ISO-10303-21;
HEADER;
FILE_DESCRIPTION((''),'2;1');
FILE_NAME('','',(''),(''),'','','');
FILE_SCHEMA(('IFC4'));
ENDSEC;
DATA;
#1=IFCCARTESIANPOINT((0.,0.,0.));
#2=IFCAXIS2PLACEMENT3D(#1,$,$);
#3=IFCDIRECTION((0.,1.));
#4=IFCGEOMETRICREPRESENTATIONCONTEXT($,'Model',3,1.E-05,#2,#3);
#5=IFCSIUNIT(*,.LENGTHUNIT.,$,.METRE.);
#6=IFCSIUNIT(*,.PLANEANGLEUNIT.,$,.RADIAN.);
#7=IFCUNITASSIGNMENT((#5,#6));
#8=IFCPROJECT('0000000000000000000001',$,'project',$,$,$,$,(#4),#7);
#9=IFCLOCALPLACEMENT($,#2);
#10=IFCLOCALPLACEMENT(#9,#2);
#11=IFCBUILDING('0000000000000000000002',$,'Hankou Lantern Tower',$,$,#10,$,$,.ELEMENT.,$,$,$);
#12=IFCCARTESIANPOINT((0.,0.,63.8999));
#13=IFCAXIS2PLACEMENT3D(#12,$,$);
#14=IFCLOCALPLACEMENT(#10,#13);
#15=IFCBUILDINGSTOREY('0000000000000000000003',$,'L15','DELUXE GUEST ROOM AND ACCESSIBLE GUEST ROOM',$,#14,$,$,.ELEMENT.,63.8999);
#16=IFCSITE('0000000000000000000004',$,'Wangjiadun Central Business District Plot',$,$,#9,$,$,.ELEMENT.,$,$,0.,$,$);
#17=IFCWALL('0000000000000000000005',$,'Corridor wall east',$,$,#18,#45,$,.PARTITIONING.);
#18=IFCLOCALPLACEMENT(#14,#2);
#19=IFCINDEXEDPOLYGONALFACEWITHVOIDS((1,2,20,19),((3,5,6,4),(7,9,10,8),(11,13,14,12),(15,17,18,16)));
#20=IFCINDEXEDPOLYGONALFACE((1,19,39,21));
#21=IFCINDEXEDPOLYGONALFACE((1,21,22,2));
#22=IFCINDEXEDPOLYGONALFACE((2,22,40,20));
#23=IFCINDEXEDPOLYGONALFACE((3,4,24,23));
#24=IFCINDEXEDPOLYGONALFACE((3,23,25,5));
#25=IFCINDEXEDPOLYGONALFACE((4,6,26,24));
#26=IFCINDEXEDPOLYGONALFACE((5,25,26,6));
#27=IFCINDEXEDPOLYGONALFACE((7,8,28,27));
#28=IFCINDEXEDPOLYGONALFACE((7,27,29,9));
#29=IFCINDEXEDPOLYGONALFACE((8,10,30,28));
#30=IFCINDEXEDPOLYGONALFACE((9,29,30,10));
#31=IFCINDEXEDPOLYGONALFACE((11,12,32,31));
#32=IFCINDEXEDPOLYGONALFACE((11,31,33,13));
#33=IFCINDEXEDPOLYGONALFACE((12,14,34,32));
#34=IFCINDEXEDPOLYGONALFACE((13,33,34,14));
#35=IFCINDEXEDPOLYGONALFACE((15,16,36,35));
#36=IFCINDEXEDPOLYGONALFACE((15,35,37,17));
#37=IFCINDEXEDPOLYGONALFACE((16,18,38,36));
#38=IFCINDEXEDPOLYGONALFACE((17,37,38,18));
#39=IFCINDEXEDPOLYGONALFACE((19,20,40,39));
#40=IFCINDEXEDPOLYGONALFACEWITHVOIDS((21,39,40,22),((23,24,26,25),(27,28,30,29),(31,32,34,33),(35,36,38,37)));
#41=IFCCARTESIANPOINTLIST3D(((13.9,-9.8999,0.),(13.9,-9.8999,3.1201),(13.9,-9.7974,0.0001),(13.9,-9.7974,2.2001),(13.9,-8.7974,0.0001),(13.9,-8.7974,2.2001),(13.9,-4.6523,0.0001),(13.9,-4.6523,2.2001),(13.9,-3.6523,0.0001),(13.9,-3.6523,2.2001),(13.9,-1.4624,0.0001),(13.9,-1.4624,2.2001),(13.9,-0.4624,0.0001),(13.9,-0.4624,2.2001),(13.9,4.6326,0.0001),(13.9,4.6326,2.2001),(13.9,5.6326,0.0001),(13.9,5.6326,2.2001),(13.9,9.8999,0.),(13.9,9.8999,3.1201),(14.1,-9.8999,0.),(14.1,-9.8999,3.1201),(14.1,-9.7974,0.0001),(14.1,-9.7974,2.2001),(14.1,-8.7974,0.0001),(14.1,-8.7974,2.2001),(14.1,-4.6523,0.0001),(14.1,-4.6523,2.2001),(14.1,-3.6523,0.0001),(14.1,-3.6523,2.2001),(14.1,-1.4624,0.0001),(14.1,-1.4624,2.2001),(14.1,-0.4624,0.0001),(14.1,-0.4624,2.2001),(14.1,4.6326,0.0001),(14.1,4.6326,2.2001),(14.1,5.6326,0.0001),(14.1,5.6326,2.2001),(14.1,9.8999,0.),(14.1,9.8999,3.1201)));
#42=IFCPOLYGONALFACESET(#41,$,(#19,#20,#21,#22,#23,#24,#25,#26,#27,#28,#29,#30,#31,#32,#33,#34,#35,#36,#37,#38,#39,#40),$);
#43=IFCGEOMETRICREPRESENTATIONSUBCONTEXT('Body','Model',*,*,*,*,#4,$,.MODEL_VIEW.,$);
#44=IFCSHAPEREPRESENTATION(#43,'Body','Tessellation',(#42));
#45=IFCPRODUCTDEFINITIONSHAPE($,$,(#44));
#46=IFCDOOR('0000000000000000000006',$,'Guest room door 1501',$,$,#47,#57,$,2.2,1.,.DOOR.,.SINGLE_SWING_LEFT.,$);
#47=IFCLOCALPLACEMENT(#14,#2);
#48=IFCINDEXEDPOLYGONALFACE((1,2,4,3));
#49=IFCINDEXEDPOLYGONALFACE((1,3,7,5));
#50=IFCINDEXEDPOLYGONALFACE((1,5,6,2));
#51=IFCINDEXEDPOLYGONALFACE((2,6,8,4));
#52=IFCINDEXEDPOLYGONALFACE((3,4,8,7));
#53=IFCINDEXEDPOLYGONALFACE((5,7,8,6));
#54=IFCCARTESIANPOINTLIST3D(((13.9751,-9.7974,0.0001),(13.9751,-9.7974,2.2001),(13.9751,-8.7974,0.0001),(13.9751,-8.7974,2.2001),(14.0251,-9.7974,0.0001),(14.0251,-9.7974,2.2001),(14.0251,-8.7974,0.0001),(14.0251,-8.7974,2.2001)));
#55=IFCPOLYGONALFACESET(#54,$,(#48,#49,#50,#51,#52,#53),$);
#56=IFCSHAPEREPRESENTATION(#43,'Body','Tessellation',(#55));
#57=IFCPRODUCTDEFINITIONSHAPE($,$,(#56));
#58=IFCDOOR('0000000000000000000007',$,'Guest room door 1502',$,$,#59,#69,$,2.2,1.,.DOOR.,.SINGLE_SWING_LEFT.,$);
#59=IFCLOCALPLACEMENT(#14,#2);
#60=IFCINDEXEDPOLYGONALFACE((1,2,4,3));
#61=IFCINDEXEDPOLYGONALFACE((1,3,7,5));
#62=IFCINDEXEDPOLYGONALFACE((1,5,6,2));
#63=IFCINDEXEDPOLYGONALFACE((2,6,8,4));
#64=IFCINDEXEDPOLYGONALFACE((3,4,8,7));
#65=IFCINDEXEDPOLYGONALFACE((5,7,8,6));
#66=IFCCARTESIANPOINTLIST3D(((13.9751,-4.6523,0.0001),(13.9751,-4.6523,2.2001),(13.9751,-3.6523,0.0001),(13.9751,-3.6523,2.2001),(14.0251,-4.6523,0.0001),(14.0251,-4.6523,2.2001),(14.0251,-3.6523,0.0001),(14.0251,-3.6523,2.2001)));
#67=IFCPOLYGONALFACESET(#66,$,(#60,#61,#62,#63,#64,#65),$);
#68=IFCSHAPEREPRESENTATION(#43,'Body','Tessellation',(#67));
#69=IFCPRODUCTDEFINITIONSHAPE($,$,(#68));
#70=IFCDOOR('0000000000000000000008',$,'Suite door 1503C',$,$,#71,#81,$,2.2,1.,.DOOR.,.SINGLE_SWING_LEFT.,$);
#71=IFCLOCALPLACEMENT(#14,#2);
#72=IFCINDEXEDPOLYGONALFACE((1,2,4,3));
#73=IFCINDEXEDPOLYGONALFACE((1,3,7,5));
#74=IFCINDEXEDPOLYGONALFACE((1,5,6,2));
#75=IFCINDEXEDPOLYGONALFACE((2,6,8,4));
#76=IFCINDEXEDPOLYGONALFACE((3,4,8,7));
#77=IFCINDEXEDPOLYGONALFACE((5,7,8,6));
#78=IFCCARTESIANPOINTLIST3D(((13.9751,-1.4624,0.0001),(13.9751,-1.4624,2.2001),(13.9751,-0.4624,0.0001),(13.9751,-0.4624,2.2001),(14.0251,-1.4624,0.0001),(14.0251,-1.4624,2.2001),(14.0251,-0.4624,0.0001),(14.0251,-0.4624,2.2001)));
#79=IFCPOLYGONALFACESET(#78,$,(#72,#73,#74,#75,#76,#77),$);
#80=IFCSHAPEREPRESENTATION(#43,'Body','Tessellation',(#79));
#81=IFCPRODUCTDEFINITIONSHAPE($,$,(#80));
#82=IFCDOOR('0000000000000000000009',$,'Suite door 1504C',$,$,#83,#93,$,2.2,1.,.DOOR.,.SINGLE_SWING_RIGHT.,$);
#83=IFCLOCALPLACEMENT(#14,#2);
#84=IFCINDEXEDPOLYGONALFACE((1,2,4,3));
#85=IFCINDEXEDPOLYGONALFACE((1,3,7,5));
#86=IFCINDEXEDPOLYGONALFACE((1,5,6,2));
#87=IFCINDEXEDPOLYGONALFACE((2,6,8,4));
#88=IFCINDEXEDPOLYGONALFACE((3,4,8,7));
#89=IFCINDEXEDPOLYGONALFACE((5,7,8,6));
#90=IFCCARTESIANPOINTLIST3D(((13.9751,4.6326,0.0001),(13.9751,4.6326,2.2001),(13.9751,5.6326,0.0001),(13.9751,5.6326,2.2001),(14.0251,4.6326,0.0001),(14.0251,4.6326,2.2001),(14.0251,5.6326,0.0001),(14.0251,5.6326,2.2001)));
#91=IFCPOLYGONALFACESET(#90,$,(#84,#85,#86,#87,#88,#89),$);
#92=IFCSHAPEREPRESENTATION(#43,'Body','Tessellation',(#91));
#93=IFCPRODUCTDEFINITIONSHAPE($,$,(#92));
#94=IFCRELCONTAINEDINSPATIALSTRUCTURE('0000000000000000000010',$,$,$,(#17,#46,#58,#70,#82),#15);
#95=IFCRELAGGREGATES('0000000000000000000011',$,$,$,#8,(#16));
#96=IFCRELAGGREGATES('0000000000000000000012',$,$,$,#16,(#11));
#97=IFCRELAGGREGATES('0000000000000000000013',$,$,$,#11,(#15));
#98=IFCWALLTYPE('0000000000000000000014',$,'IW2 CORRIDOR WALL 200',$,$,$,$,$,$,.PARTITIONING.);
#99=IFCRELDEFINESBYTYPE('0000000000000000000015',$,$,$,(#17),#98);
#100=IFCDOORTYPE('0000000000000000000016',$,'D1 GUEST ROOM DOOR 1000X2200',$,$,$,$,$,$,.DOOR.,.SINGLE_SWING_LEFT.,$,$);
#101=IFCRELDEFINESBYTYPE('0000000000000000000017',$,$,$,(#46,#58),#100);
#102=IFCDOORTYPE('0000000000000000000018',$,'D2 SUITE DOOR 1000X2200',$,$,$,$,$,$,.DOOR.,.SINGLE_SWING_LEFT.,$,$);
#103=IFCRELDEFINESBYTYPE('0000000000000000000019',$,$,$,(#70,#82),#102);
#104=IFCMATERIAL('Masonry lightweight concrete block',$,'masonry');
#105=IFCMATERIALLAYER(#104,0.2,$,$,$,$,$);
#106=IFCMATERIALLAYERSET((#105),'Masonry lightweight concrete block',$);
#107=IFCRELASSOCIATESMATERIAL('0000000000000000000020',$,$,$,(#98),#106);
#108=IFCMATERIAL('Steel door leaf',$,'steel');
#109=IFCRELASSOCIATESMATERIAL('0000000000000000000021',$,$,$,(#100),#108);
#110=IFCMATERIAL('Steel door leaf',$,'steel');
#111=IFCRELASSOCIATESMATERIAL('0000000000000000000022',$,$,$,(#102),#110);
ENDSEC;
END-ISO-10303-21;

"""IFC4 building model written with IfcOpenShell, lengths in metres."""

from ifc_helpers import new_model, si_unit, direction, frame, frame_2d, origin, place, context, subcontext, project, spatial, rectangle, extrude, material, layer, layer_set, type_object, element, fill, save


model = new_model("IFC4")

# Units and contexts
model_context = context("Model", 3, precision=1e-05, world=origin(), true_north=direction((0.0, 1.0)))
body_context = subcontext(model_context, "Body", "Model", "MODEL_VIEW")
ifc_project = project(units=[si_unit("LENGTHUNIT", "METRE"), si_unit("PLANEANGLEUNIT", "RADIAN")], contexts=[model_context])

# Site, building, storey
site_placement = place(None, origin())
site = spatial("IfcSite", under=ifc_project, at=site_placement, Name="Wangjiadun Central Business District Plot", CompositionType="ELEMENT", RefElevation=0.0)
building_placement = place(site_placement, origin())
building = spatial("IfcBuilding", under=site, at=building_placement, Name="Hankou Lantern Tower", CompositionType="ELEMENT")
storey_placement = place(building_placement, frame((0.0, 0.0, 63.8999)))
storey = spatial("IfcBuildingStorey", under=building, at=storey_placement, Name="L15", Description="DELUXE GUEST ROOM AND ACCESSIBLE GUEST ROOM", CompositionType="ELEMENT", Elevation=63.8999)

# Wall, openings, doors
ifc_material_1 = material(Name="Masonry lightweight concrete block", Category="masonry")
ifc_layer_1 = layer(ifc_material_1, 0.2)
ifc_layer_set_1 = layer_set([ifc_layer_1], Name="Masonry lightweight concrete block")
wall_type_1 = type_object("IfcWallType", Name="IW2 CORRIDOR WALL 200", PredefinedType="PARTITIONING", material=ifc_layer_set_1)
wall_1_placement = place(storey_placement, frame((14.0, -9.8999, 0.0), z_axis=(0.0, 0.0, 1.0), x_axis=(0.0, 1.0, 0.0)))
wall_1 = element("IfcWall", 1, at=wall_1_placement, inside=storey, type_object=wall_type_1, Name="Corridor wall east", PredefinedType="PARTITIONING", context=body_context, shape_type="SweptSolid", body=[
    extrude(rectangle(XDim=19.7998, YDim=0.2, at=frame_2d((9.8999, 0.0))), origin(), (0.0, 0.0, 1.0), 3.1201),
])
opening_1_placement = place(wall_1_placement, frame((0.1025, 0.0, 0.0)))
opening_1 = element("IfcOpeningElement", 2, at=opening_1_placement, cuts=wall_1, PredefinedType="OPENING", context=body_context, shape_type="SweptSolid", body=[
    extrude(rectangle(XDim=1.0, YDim=2.2, at=frame_2d((0.5, 1.1001))), frame((0.0, 0.1099, 0.0), z_axis=(0.0, -1.0, 0.0), x_axis=(1.0, 0.0, 0.0)), (0.0, 0.0, 1.0), 0.22),
])
opening_2_placement = place(wall_1_placement, frame((5.2476, 0.0, 0.0)))
opening_2 = element("IfcOpeningElement", 3, at=opening_2_placement, cuts=wall_1, PredefinedType="OPENING", context=body_context, shape_type="SweptSolid", body=[
    extrude(rectangle(XDim=1.0, YDim=2.2, at=frame_2d((0.5, 1.1001))), frame((0.0, 0.1099, 0.0), z_axis=(0.0, -1.0, 0.0), x_axis=(1.0, 0.0, 0.0)), (0.0, 0.0, 1.0), 0.22),
])
opening_3_placement = place(wall_1_placement, frame((8.4375, 0.0, 0.0)))
opening_3 = element("IfcOpeningElement", 4, at=opening_3_placement, cuts=wall_1, PredefinedType="OPENING", context=body_context, shape_type="SweptSolid", body=[
    extrude(rectangle(XDim=1.0, YDim=2.2, at=frame_2d((0.5, 1.1001))), frame((0.0, 0.1099, 0.0), z_axis=(0.0, -1.0, 0.0), x_axis=(1.0, 0.0, 0.0)), (0.0, 0.0, 1.0), 0.22),
])
opening_4_placement = place(wall_1_placement, frame((14.5325, 0.0, 0.0)))
opening_4 = element("IfcOpeningElement", 5, at=opening_4_placement, cuts=wall_1, PredefinedType="OPENING", context=body_context, shape_type="SweptSolid", body=[
    extrude(rectangle(XDim=1.0, YDim=2.2, at=frame_2d((0.5, 1.1001))), frame((0.0, 0.1099, 0.0), z_axis=(0.0, -1.0, 0.0), x_axis=(1.0, 0.0, 0.0)), (0.0, 0.0, 1.0), 0.22),
])
ifc_material_2 = material(Name="Steel door leaf", Category="steel")
door_type_1 = type_object("IfcDoorType", Name="D1 GUEST ROOM DOOR 1000X2200", OperationType="SINGLE_SWING_LEFT", PredefinedType="DOOR", material=ifc_material_2)
door_1_placement = place(opening_1_placement, origin())
door_1 = element("IfcDoor", 6, at=door_1_placement, inside=storey, type_object=door_type_1, Name="Guest room door 1501", OperationType="SINGLE_SWING_LEFT", OverallHeight=2.2, OverallWidth=1.0, PredefinedType="DOOR", context=body_context, shape_type="SweptSolid", body=[
    extrude(rectangle(XDim=1.0, YDim=2.2, at=frame_2d((0.5, 1.1001))), frame((0.0, 0.0249, 0.0), z_axis=(0.0, -1.0, 0.0), x_axis=(1.0, 0.0, 0.0)), (0.0, 0.0, 1.0), 0.05),
])
fill(opening_1, door_1)
door_2_placement = place(opening_2_placement, origin())
door_2 = element("IfcDoor", 7, at=door_2_placement, inside=storey, type_object=door_type_1, Name="Guest room door 1502", OperationType="SINGLE_SWING_LEFT", OverallHeight=2.2, OverallWidth=1.0, PredefinedType="DOOR", context=body_context, shape_type="SweptSolid", body=[
    extrude(rectangle(XDim=1.0, YDim=2.2, at=frame_2d((0.5, 1.1001))), frame((0.0, 0.0249, 0.0), z_axis=(0.0, -1.0, 0.0), x_axis=(1.0, 0.0, 0.0)), (0.0, 0.0, 1.0), 0.05),
])
fill(opening_2, door_2)
ifc_material_3 = material(Name="Steel door leaf", Category="steel")
door_type_2 = type_object("IfcDoorType", Name="D2 SUITE DOOR 1000X2200", OperationType="SINGLE_SWING_LEFT", PredefinedType="DOOR", material=ifc_material_3)
door_3_placement = place(opening_3_placement, origin())
door_3 = element("IfcDoor", 8, at=door_3_placement, inside=storey, type_object=door_type_2, Name="Suite door 1503C", OperationType="SINGLE_SWING_LEFT", OverallHeight=2.2, OverallWidth=1.0, PredefinedType="DOOR", context=body_context, shape_type="SweptSolid", body=[
    extrude(rectangle(XDim=1.0, YDim=2.2, at=frame_2d((0.5, 1.1001))), frame((0.0, 0.0249, 0.0), z_axis=(0.0, -1.0, 0.0), x_axis=(1.0, 0.0, 0.0)), (0.0, 0.0, 1.0), 0.05),
])
fill(opening_3, door_3)
door_4_placement = place(opening_4_placement, origin())
door_4 = element("IfcDoor", 9, at=door_4_placement, inside=storey, type_object=door_type_2, Name="Suite door 1504C", OperationType="SINGLE_SWING_RIGHT", OverallHeight=2.2, OverallWidth=1.0, PredefinedType="DOOR", context=body_context, shape_type="SweptSolid", body=[
    extrude(rectangle(XDim=1.0, YDim=2.2, at=frame_2d((0.5, 1.1001))), frame((0.0, 0.0249, 0.0), z_axis=(0.0, -1.0, 0.0), x_axis=(1.0, 0.0, 0.0)), (0.0, 0.0, 1.0), 0.05),
])
fill(opening_4, door_4)

save(model, "model.ifc")
